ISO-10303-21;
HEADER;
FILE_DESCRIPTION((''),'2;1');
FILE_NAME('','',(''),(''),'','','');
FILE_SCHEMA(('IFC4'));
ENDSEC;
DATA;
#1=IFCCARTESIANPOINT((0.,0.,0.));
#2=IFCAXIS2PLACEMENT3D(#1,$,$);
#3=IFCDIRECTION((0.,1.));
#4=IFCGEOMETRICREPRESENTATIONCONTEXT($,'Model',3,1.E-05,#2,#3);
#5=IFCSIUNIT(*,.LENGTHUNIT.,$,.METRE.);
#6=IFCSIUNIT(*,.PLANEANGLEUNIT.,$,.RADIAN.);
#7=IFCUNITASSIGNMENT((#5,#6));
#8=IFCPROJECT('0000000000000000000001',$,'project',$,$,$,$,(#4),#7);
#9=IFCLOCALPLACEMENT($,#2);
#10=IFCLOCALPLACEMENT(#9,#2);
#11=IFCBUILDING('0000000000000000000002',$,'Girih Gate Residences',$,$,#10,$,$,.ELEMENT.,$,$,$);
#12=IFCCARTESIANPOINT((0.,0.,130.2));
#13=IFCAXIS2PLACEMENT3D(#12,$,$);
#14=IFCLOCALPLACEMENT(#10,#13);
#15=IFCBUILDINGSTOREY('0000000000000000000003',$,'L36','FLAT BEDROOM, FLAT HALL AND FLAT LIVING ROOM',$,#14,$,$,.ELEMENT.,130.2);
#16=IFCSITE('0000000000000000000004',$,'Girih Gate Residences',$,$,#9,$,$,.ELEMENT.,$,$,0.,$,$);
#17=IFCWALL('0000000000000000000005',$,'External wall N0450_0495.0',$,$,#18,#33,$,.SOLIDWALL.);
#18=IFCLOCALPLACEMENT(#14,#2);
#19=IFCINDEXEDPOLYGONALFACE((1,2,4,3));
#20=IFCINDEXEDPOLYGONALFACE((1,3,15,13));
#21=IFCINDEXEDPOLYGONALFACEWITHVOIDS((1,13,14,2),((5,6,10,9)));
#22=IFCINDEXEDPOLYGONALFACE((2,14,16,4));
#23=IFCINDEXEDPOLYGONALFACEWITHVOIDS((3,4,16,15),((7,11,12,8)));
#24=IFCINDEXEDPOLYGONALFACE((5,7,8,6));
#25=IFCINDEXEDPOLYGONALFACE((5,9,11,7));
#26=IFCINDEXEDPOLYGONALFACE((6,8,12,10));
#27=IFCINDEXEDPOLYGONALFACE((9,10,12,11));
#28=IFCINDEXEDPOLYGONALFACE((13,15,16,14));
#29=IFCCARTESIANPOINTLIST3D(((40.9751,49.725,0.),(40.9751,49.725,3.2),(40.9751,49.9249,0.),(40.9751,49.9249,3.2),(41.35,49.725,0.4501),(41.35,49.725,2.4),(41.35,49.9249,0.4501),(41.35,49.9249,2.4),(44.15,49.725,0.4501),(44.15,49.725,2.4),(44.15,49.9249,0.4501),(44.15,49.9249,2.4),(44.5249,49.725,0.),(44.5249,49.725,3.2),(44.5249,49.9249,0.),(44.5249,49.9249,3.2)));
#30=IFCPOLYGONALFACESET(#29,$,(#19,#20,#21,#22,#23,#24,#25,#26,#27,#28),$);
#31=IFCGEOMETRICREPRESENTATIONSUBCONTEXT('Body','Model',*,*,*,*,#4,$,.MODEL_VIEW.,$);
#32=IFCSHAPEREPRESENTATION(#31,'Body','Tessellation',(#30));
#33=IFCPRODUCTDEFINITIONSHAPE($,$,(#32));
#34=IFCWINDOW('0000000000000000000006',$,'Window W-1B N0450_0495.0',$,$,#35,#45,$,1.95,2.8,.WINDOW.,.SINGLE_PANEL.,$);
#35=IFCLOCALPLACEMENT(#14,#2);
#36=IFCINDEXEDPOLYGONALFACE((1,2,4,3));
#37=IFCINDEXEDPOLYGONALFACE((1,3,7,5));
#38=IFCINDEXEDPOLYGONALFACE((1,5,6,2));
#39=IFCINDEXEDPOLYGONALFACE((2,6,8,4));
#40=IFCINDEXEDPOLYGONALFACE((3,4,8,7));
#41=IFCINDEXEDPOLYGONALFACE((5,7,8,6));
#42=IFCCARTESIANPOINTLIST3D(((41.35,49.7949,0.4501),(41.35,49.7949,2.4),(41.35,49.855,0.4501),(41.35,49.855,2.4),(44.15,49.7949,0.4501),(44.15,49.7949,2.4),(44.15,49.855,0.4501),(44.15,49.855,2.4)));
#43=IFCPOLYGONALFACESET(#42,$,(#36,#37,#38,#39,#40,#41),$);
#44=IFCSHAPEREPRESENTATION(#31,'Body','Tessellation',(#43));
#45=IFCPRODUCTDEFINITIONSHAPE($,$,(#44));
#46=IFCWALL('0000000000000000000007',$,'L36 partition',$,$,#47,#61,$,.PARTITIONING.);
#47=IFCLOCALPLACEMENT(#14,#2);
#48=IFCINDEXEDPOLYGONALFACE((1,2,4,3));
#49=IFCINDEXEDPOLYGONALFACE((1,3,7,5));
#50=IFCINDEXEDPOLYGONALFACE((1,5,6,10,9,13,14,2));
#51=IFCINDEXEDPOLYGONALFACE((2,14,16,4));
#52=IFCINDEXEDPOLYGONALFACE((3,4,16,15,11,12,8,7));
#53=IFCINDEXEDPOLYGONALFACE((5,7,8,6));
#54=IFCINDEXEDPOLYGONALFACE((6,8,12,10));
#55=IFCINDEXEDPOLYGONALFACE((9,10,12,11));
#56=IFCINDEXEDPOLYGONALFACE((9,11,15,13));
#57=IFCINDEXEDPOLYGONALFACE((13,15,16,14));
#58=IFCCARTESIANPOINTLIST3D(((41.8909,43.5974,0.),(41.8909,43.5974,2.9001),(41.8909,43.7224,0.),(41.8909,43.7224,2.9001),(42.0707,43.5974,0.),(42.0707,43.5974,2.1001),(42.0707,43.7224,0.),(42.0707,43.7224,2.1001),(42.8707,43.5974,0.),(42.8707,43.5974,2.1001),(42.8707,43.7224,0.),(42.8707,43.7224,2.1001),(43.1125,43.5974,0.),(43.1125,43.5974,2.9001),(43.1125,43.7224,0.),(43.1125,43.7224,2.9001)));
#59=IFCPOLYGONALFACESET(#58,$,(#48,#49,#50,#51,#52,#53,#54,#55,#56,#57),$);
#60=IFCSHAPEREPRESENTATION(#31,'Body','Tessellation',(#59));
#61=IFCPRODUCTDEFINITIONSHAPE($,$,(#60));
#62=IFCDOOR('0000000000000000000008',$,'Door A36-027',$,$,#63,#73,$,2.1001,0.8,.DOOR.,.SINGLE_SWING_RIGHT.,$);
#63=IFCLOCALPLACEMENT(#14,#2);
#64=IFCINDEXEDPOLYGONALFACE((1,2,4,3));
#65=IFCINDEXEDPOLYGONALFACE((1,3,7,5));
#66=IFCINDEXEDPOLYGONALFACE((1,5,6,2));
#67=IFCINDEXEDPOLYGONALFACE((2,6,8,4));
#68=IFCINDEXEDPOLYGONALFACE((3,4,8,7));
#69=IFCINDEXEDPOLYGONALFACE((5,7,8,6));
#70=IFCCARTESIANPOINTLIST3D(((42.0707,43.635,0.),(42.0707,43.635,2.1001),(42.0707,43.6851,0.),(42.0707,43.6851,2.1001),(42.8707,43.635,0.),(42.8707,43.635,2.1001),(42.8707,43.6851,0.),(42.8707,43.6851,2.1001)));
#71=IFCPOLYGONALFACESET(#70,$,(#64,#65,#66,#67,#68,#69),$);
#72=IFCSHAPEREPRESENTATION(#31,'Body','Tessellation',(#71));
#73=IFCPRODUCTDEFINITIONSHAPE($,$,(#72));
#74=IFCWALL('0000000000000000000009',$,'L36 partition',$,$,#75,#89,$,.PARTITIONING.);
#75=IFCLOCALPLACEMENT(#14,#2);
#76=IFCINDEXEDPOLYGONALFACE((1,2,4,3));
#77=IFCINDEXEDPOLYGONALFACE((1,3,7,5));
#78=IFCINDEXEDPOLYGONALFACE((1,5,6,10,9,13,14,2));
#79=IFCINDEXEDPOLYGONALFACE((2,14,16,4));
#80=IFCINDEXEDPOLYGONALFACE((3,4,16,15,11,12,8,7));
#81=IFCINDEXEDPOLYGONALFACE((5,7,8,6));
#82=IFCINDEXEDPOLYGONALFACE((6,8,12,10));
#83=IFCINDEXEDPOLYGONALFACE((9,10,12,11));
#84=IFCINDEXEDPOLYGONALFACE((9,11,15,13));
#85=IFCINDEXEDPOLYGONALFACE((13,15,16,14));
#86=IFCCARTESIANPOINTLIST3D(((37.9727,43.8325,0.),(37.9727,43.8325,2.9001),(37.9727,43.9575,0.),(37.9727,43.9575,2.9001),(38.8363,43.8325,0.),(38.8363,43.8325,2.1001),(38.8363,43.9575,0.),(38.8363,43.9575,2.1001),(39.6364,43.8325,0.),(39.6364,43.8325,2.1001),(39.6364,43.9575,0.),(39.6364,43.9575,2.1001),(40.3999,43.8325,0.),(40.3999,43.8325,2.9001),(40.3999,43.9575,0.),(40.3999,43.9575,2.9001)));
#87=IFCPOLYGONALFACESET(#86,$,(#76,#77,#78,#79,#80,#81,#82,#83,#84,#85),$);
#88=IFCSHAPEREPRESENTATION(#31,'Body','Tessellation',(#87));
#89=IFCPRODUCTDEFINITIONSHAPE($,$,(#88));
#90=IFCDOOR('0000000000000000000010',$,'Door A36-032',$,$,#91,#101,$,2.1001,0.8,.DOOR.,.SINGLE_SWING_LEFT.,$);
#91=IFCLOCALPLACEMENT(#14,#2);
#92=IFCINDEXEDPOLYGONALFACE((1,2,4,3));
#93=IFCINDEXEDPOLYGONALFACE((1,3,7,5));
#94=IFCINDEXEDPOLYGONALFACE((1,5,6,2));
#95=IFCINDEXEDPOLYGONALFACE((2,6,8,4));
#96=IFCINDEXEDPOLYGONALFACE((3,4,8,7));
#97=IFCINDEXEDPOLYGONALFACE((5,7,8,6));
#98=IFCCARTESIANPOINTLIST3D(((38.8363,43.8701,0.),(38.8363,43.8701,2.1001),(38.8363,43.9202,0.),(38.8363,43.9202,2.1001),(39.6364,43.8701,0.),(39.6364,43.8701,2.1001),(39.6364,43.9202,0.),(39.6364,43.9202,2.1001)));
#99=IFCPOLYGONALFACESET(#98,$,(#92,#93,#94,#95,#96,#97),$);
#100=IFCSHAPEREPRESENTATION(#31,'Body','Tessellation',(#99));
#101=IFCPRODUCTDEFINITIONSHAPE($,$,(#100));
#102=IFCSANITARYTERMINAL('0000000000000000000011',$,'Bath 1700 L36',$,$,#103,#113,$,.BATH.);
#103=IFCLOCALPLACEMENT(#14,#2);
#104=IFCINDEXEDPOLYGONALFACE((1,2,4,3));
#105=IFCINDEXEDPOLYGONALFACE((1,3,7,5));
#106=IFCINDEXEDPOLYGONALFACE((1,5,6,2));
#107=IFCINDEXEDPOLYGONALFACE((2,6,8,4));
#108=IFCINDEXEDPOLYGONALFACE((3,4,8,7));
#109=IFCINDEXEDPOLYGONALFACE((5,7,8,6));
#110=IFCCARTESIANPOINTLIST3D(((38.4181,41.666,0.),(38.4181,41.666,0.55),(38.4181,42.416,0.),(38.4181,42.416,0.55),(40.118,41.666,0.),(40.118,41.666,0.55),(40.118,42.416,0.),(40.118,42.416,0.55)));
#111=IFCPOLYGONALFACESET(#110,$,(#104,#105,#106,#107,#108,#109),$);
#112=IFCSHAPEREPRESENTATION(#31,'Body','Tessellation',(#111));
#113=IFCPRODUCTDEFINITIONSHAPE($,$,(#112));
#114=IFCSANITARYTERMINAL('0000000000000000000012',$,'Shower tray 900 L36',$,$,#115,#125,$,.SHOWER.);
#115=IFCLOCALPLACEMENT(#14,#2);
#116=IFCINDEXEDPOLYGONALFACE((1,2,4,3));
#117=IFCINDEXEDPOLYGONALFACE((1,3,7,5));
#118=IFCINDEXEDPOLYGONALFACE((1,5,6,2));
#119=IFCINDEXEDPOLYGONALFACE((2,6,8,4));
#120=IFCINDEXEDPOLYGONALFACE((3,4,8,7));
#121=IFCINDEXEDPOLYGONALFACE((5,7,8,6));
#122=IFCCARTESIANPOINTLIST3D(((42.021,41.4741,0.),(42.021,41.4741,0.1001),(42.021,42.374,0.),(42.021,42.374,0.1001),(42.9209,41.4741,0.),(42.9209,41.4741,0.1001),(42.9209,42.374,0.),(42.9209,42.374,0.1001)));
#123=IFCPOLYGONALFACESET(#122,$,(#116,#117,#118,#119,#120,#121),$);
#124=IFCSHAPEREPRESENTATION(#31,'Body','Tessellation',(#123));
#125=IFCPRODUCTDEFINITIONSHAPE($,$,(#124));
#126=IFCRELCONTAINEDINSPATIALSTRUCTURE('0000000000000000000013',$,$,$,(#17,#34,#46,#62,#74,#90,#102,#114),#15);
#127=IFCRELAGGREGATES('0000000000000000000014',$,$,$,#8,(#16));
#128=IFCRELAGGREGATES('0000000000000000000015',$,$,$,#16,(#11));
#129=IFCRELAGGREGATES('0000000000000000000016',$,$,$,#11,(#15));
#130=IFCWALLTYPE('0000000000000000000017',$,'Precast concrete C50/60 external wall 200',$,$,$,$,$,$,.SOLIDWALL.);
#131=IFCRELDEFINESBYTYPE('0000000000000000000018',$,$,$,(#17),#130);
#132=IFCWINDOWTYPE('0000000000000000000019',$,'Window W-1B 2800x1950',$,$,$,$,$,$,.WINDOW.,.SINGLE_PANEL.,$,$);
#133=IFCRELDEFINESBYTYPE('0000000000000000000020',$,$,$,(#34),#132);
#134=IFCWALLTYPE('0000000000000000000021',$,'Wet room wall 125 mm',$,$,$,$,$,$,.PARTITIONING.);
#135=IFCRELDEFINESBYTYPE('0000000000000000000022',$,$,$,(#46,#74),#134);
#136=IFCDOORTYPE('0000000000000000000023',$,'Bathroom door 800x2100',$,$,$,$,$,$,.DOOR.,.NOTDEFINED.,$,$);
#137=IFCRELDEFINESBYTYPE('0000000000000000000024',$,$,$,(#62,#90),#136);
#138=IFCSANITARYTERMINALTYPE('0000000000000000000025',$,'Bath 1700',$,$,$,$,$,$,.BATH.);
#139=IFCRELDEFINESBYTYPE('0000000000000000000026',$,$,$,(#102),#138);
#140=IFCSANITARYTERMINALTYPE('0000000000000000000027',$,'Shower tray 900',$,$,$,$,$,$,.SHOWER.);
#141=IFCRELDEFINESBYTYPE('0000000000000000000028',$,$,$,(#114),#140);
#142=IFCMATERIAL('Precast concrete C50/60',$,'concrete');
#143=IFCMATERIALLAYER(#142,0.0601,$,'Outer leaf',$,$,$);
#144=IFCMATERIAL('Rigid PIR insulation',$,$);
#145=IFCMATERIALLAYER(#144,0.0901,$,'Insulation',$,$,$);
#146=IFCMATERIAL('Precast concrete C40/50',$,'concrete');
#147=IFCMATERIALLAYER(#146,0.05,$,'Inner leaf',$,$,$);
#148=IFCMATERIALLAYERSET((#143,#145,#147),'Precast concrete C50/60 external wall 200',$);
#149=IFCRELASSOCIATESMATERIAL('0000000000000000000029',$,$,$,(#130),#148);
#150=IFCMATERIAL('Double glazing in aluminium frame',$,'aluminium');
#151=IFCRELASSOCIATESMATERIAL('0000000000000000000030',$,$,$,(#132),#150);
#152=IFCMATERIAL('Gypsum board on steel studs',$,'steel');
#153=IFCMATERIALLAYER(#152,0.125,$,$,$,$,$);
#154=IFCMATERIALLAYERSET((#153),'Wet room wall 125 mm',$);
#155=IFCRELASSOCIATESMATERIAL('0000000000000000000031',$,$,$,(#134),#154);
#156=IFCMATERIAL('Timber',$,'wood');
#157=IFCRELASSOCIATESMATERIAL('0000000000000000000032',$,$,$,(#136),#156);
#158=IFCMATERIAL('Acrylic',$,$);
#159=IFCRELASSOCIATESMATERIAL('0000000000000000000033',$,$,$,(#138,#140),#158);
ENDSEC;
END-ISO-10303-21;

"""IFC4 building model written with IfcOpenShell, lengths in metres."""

from ifc_helpers import new_model, si_unit, direction, frame, frame_2d, origin, origin_2d, place, context, subcontext, project, spatial, rectangle, extrude, material, layer, layer_set, type_object, element, fill, save


model = new_model("IFC4")

# Units and contexts
model_context = context("Model", 3, precision=1e-05, world=origin(), true_north=direction((0.0, 1.0)))
body_context = subcontext(model_context, "Body", "Model", "MODEL_VIEW")
ifc_project = project(units=[si_unit("LENGTHUNIT", "METRE"), si_unit("PLANEANGLEUNIT", "RADIAN")], contexts=[model_context])

# Site, building, storey
site_placement = place(None, origin())
site = spatial("IfcSite", under=ifc_project, at=site_placement, Name="Girih Gate Residences", CompositionType="ELEMENT", RefElevation=0.0)
building_placement = place(site_placement, origin())
building = spatial("IfcBuilding", under=site, at=building_placement, Name="Girih Gate Residences", CompositionType="ELEMENT")
storey_placement = place(building_placement, frame((0.0, 0.0, 130.2)))
storey = spatial("IfcBuildingStorey", under=building, at=storey_placement, Name="L36", Description="FLAT BEDROOM, FLAT HALL AND FLAT LIVING ROOM", CompositionType="ELEMENT", Elevation=130.2)

# Shared definitions
ifc_material_1 = material(Name="Gypsum board on steel studs", Category="steel")
ifc_material_2 = material(Name="Timber", Category="wood")

# Wall, opening, window
ifc_material_3 = material(Name="Precast concrete C50/60", Category="concrete")
ifc_layer_1 = layer(ifc_material_3, 0.0601, Name="Outer leaf")
ifc_material_4 = material(Name="Rigid PIR insulation")
ifc_layer_2 = layer(ifc_material_4, 0.0901, Name="Insulation")
ifc_material_5 = material(Name="Precast concrete C40/50", Category="concrete")
ifc_layer_3 = layer(ifc_material_5, 0.05, Name="Inner leaf")
ifc_layer_set_1 = layer_set([ifc_layer_1, ifc_layer_2, ifc_layer_3], Name="Precast concrete C50/60 external wall 200")
wall_type_1 = type_object("IfcWallType", Name="Precast concrete C50/60 external wall 200", PredefinedType="SOLIDWALL", material=ifc_layer_set_1)
wall_1_placement = place(storey_placement, frame((40.9751, 49.825, 0.0), z_axis=(0.0, 0.0, 1.0), x_axis=(1.0, 0.0, 0.0)))
wall_1 = element("IfcWall", 1, at=wall_1_placement, inside=storey, type_object=wall_type_1, Name="External wall N0450_0495.0", PredefinedType="SOLIDWALL", context=body_context, shape_type="SweptSolid", body=[
    extrude(rectangle(XDim=3.5498, YDim=0.2, at=frame_2d((1.7749, 0.0))), origin(), (0.0, 0.0, 1.0), 3.2),
])
opening_1_placement = place(wall_1_placement, frame((0.375, 0.0, 0.45)))
opening_1 = element("IfcOpeningElement", 2, at=opening_1_placement, cuts=wall_1, PredefinedType="OPENING", context=body_context, shape_type="SweptSolid", body=[
    extrude(rectangle(XDim=2.8, YDim=1.95, at=frame_2d((1.3999, 0.9751))), frame((0.0, 0.1099, 0.0), z_axis=(0.0, -1.0, 0.0), x_axis=(1.0, 0.0, 0.0)), (0.0, 0.0, 1.0), 0.22),
])
ifc_material_6 = material(Name="Double glazing in aluminium frame", Category="aluminium")
window_type = type_object("IfcWindowType", Name="Window W-1B 2800x1950", PartitioningType="SINGLE_PANEL", PredefinedType="WINDOW", material=ifc_material_6)
window_placement = place(opening_1_placement, origin())
window = element("IfcWindow", 3, at=window_placement, inside=storey, type_object=window_type, Name="Window W-1B N0450_0495.0", OverallHeight=1.95, OverallWidth=2.8, PartitioningType="SINGLE_PANEL", PredefinedType="WINDOW", context=body_context, shape_type="SweptSolid", body=[
    extrude(rectangle(XDim=2.8, YDim=1.95, at=frame_2d((1.3999, 0.9751))), frame((0.0, 0.03, 0.0), z_axis=(0.0, -1.0, 0.0), x_axis=(1.0, 0.0, 0.0)), (0.0, 0.0, 1.0), 0.0601),
])
fill(opening_1, window)

# Walls, openings, doors
ifc_layer_4 = layer(ifc_material_1, 0.125)
ifc_layer_set_2 = layer_set([ifc_layer_4], Name="Wet room wall 125 mm")
wall_type_2 = type_object("IfcWallType", Name="Wet room wall 125 mm", PredefinedType="PARTITIONING", material=ifc_layer_set_2)
wall_2_placement = place(storey_placement, frame((43.1125, 43.6599, 0.0), z_axis=(0.0, 0.0, 1.0), x_axis=(-1.0, 0.0, 0.0)))
wall_2 = element("IfcWall", 4, at=wall_2_placement, inside=storey, type_object=wall_type_2, Name="L36 partition", PredefinedType="PARTITIONING", context=body_context, shape_type="SweptSolid", body=[
    extrude(rectangle(XDim=1.2217, YDim=0.125, at=frame_2d((0.6108, 0.0))), origin(), (0.0, 0.0, 1.0), 2.9001),
])
opening_2_placement = place(wall_2_placement, frame((0.2419, 0.0, 0.0)))
opening_2 = element("IfcOpeningElement", 5, at=opening_2_placement, cuts=wall_2, PredefinedType="OPENING", context=body_context, shape_type="SweptSolid", body=[
    extrude(rectangle(XDim=0.8, YDim=2.1001, at=frame_2d((0.3999, 1.05))), frame((0.0, 0.0725, 0.0), z_axis=(0.0, -1.0, 0.0), x_axis=(1.0, 0.0, 0.0)), (0.0, 0.0, 1.0), 0.145),
])
door_type_1 = type_object("IfcDoorType", Name="Bathroom door 800x2100", OperationType="NOTDEFINED", PredefinedType="DOOR", material=ifc_material_2)
door_1_placement = place(opening_2_placement, origin())
door_1 = element("IfcDoor", 6, at=door_1_placement, inside=storey, type_object=door_type_1, Name="Door A36-027", OperationType="SINGLE_SWING_RIGHT", OverallHeight=2.1001, OverallWidth=0.8, PredefinedType="DOOR", context=body_context, shape_type="SweptSolid", body=[
    extrude(rectangle(XDim=0.8, YDim=2.1001, at=frame_2d((0.3999, 1.05))), frame((0.0, 0.0249, 0.0), z_axis=(0.0, -1.0, 0.0), x_axis=(1.0, 0.0, 0.0)), (0.0, 0.0, 1.0), 0.05),
])
fill(opening_2, door_1)
wall_3_placement = place(storey_placement, frame((40.3999, 43.895, 0.0), z_axis=(0.0, 0.0, 1.0), x_axis=(-1.0, 0.0, 0.0)))
wall_3 = element("IfcWall", 7, at=wall_3_placement, inside=storey, type_object=wall_type_2, Name="L36 partition", PredefinedType="PARTITIONING", context=body_context, shape_type="SweptSolid", body=[
    extrude(rectangle(XDim=2.4272, YDim=0.125, at=frame_2d((1.2136, 0.0))), origin(), (0.0, 0.0, 1.0), 2.9001),
])
opening_3_placement = place(wall_3_placement, frame((0.7637, 0.0, 0.0)))
opening_3 = element("IfcOpeningElement", 8, at=opening_3_placement, cuts=wall_3, PredefinedType="OPENING", context=body_context, shape_type="SweptSolid", body=[
    extrude(rectangle(XDim=0.8, YDim=2.1001, at=frame_2d((0.3999, 1.05))), frame((0.0, 0.0725, 0.0), z_axis=(0.0, -1.0, 0.0), x_axis=(1.0, 0.0, 0.0)), (0.0, 0.0, 1.0), 0.145),
])
door_2_placement = place(opening_3_placement, origin())
door_2 = element("IfcDoor", 9, at=door_2_placement, inside=storey, type_object=door_type_1, Name="Door A36-032", OperationType="SINGLE_SWING_LEFT", OverallHeight=2.1001, OverallWidth=0.8, PredefinedType="DOOR", context=body_context, shape_type="SweptSolid", body=[
    extrude(rectangle(XDim=0.8, YDim=2.1001, at=frame_2d((0.3999, 1.05))), frame((0.0, 0.0249, 0.0), z_axis=(0.0, -1.0, 0.0), x_axis=(1.0, 0.0, 0.0)), (0.0, 0.0, 1.0), 0.05),
])
fill(opening_3, door_2)

# Sanitary terminals
ifc_material_7 = material(Name="Acrylic")
sanitary_terminal_type_1 = type_object("IfcSanitaryTerminalType", Name="Bath 1700", PredefinedType="BATH", material=ifc_material_7)
sanitary_terminal_1_placement = place(storey_placement, frame((39.2681, 42.041, 0.0), z_axis=(0.0, 0.0, 1.0), x_axis=(1.0, 0.0, 0.0)))
element("IfcSanitaryTerminal", 10, at=sanitary_terminal_1_placement, inside=storey, type_object=sanitary_terminal_type_1, Name="Bath 1700 L36", PredefinedType="BATH", context=body_context, shape_type="SweptSolid", body=[
    extrude(rectangle(XDim=1.7, YDim=0.75, at=origin_2d()), origin(), (0.0, 0.0, 1.0), 0.55),
])
sanitary_terminal_type_2 = type_object("IfcSanitaryTerminalType", Name="Shower tray 900", PredefinedType="SHOWER", material=ifc_material_7)
sanitary_terminal_2_placement = place(storey_placement, frame((42.4709, 41.9241, 0.0), z_axis=(0.0, 0.0, 1.0), x_axis=(1.0, 0.0, 0.0)))
element("IfcSanitaryTerminal", 11, at=sanitary_terminal_2_placement, inside=storey, type_object=sanitary_terminal_type_2, Name="Shower tray 900 L36", PredefinedType="SHOWER", context=body_context, shape_type="SweptSolid", body=[
    extrude(rectangle(XDim=0.8999, YDim=0.8999, at=origin_2d()), origin(), (0.0, 0.0, 1.0), 0.1001),
])

save(model, "model.ifc")
